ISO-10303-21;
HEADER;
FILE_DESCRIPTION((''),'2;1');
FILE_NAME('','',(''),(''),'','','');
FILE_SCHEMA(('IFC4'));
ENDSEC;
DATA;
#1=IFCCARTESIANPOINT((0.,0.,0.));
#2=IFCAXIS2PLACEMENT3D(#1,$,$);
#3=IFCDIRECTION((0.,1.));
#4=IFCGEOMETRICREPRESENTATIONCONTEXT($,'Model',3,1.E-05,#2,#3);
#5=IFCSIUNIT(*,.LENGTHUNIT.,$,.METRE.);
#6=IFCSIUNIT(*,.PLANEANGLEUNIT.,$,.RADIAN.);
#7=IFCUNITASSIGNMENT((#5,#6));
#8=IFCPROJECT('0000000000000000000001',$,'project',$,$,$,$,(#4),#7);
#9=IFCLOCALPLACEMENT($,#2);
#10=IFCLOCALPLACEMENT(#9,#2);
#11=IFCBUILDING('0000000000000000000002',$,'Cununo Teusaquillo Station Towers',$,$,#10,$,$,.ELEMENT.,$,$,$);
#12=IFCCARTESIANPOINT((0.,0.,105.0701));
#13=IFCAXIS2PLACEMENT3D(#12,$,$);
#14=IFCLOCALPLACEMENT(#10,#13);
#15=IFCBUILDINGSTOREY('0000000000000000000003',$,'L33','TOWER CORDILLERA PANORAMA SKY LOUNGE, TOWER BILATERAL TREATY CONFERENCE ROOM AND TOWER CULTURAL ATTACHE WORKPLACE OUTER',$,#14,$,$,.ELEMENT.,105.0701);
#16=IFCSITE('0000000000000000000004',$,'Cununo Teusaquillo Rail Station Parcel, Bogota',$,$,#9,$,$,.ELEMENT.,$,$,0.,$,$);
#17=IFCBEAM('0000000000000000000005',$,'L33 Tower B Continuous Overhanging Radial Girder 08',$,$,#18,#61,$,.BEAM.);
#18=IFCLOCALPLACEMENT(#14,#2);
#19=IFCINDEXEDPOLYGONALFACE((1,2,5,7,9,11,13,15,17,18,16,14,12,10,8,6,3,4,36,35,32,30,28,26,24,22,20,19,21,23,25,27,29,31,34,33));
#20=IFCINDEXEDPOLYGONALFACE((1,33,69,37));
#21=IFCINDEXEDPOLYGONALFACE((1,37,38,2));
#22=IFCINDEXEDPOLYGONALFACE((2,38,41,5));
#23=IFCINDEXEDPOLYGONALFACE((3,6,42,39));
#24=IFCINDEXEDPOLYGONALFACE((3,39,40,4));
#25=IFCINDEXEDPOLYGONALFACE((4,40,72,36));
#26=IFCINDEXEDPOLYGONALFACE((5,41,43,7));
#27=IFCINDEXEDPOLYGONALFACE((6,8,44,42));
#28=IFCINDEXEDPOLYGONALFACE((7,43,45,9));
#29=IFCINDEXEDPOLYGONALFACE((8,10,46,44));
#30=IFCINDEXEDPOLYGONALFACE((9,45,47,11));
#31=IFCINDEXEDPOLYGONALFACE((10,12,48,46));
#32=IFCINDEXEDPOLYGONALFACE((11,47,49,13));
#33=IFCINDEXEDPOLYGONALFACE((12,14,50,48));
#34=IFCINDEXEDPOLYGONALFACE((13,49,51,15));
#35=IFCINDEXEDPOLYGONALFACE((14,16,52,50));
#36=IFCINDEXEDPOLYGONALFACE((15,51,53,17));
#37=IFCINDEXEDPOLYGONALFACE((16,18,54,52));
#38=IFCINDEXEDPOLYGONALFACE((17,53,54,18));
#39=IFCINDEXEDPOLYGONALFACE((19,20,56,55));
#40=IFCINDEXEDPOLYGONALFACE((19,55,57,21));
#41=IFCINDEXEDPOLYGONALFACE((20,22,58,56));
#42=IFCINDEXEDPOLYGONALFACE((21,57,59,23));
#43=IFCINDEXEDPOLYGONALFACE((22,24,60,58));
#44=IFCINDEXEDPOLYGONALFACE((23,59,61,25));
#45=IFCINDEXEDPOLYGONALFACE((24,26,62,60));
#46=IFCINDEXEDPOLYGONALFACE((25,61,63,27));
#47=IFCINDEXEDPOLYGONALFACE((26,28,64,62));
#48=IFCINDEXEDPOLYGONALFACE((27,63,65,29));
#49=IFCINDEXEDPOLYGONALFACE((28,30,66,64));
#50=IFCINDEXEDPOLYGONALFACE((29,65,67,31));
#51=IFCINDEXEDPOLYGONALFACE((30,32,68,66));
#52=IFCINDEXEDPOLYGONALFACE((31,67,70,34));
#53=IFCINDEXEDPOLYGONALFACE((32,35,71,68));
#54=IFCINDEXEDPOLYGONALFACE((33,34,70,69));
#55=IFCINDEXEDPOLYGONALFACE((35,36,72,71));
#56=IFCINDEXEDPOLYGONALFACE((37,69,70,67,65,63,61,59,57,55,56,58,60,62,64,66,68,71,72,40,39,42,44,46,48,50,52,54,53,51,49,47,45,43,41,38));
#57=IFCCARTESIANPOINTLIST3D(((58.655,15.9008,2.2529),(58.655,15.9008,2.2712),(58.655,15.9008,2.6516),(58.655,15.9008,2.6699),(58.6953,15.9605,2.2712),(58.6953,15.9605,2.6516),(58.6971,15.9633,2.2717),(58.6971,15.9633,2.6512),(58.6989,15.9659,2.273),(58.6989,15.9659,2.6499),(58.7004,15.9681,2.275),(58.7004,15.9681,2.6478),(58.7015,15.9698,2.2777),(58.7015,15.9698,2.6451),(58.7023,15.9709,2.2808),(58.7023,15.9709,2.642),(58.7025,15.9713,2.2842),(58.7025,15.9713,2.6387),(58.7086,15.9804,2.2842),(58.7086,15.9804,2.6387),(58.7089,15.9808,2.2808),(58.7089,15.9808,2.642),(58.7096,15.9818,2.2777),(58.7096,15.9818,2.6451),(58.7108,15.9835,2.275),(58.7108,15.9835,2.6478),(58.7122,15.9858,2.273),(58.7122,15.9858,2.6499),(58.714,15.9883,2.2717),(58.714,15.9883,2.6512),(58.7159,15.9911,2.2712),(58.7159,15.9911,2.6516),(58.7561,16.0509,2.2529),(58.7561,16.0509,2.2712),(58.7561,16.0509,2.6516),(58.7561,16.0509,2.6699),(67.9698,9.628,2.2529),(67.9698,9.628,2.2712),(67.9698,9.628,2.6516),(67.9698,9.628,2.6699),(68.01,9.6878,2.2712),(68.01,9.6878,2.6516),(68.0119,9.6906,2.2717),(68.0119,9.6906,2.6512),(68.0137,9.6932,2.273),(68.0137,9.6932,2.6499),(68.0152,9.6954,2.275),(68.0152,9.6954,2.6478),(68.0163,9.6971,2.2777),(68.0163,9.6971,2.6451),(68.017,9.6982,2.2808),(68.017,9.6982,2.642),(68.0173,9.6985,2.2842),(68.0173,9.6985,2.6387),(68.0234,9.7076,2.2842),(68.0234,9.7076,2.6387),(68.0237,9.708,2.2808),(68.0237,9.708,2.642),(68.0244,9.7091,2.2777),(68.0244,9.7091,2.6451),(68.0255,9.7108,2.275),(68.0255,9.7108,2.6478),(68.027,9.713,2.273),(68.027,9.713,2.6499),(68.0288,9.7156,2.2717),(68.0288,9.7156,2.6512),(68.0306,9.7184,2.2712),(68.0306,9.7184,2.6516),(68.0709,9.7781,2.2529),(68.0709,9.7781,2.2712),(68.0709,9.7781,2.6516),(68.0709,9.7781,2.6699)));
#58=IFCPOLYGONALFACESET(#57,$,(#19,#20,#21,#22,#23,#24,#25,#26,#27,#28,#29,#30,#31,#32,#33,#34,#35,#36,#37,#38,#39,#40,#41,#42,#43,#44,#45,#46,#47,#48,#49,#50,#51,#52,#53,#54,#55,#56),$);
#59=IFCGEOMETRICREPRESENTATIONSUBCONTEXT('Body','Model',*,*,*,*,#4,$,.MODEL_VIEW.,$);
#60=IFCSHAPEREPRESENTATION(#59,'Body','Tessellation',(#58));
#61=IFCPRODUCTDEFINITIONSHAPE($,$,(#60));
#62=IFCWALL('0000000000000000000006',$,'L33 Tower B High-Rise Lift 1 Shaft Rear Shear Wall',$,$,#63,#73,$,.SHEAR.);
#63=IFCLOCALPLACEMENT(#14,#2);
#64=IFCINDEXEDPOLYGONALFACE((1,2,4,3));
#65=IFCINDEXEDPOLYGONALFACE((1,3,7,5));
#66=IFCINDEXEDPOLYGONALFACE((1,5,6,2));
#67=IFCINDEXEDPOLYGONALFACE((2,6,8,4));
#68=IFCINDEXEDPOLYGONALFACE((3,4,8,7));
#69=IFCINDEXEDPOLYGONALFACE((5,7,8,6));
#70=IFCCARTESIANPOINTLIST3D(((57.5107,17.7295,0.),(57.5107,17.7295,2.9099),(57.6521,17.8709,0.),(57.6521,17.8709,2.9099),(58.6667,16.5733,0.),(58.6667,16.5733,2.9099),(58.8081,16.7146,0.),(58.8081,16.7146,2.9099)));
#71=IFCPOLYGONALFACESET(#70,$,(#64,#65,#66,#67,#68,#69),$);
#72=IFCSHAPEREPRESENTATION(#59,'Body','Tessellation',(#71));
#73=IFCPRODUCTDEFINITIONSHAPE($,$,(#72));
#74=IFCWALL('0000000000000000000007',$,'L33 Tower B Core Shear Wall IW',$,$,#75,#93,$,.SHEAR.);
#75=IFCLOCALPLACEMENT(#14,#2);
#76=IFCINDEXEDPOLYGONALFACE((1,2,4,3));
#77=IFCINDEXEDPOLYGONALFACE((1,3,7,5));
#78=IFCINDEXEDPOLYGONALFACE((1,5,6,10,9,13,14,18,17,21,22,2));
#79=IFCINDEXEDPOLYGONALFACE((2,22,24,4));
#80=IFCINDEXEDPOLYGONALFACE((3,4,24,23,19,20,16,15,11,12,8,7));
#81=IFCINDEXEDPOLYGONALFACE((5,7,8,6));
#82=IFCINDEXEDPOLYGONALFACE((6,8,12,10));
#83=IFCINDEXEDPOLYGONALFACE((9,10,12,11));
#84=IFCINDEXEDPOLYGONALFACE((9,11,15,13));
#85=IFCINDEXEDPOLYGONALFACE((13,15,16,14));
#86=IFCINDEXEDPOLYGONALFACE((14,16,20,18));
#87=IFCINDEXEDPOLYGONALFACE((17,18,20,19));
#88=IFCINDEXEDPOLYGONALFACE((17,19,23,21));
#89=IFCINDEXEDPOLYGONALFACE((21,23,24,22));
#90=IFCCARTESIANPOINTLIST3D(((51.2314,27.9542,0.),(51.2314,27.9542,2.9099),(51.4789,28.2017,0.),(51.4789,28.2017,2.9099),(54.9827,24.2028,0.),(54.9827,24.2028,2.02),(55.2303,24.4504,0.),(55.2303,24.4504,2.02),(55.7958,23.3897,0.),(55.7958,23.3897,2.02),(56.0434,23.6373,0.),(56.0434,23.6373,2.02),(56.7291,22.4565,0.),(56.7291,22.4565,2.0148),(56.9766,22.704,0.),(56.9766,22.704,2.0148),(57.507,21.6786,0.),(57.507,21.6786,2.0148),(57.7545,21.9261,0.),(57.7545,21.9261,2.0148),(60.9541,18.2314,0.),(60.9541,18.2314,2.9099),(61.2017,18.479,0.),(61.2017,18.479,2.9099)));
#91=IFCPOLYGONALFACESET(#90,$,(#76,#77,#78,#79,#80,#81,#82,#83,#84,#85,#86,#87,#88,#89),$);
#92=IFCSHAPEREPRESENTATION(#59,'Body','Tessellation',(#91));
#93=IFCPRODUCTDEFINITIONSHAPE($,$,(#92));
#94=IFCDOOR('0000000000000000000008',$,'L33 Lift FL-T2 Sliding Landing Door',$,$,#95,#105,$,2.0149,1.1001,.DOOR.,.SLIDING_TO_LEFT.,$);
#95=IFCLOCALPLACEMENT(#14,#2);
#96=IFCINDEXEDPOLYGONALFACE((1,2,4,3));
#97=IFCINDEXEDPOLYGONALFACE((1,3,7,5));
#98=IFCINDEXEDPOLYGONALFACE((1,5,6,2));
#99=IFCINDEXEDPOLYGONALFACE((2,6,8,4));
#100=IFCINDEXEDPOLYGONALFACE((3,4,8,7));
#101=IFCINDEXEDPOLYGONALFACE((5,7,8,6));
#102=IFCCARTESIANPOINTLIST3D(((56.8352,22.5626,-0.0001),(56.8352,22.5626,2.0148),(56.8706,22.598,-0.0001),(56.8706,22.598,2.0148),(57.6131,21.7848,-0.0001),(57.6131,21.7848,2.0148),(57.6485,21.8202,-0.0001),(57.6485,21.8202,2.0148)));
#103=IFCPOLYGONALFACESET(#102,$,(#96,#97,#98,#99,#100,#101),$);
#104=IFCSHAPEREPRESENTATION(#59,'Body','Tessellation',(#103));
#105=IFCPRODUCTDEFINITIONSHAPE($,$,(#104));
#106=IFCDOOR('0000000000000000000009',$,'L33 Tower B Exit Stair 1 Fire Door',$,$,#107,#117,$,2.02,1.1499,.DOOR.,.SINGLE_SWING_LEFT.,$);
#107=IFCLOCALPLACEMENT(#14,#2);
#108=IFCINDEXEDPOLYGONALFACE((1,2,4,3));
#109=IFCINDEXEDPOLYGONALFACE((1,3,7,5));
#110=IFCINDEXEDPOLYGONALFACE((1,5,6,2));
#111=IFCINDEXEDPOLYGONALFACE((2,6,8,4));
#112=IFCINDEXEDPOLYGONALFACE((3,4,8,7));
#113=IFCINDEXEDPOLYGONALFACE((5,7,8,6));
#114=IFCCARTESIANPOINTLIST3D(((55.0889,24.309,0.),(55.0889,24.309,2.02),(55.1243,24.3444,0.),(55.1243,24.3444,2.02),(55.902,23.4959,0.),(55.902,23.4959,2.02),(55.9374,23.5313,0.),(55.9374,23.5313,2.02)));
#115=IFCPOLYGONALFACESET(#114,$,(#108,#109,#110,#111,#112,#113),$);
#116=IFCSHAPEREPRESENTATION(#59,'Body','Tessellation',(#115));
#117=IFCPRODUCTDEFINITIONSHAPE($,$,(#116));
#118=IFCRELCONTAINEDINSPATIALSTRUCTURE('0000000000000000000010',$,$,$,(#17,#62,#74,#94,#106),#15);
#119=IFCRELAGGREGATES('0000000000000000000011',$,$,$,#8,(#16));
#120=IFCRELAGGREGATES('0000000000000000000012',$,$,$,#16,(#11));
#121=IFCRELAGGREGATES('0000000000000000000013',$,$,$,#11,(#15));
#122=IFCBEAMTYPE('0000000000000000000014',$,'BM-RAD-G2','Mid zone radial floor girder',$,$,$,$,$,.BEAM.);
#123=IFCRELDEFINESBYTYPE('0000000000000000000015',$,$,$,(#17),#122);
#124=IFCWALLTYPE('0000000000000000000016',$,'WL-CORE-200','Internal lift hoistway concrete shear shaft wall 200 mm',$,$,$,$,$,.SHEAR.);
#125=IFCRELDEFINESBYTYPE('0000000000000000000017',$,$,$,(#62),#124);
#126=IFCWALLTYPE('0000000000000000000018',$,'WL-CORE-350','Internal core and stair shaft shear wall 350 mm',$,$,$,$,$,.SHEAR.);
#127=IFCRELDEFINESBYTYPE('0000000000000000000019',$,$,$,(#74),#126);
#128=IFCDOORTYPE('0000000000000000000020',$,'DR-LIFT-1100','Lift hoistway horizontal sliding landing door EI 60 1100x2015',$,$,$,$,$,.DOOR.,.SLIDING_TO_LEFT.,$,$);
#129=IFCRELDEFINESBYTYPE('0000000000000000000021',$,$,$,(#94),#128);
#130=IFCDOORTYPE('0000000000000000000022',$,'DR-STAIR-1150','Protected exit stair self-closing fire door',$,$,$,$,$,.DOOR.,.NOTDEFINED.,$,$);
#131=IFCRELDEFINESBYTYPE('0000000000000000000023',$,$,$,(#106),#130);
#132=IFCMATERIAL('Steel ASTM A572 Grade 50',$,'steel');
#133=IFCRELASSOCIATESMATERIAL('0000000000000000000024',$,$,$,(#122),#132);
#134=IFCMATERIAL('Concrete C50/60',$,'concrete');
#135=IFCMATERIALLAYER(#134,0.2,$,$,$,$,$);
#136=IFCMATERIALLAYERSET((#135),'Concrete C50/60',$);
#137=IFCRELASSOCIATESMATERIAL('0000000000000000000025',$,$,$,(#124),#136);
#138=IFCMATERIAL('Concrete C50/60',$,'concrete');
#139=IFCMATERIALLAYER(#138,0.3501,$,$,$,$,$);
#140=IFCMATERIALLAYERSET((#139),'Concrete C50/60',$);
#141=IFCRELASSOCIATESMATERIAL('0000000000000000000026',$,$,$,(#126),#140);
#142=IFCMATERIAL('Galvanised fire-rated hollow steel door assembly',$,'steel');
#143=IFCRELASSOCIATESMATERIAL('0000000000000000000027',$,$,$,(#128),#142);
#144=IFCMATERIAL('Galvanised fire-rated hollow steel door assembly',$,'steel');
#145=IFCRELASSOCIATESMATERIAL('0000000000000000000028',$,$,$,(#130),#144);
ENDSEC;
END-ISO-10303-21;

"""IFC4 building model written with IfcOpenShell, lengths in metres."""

from ifc_helpers import new_model, si_unit, direction, frame, frame_2d, origin, origin_2d, place, context, subcontext, project, spatial, rectangle, i_section, extrude, source, transform, mapped, material, layer, layer_set, material_profile, profile_set, type_object, element, fill, save


model = new_model("IFC4")

# Units and contexts
model_context = context("Model", 3, precision=1e-05, world=origin(), true_north=direction((0.0, 1.0)))
body_context = subcontext(model_context, "Body", "Model", "MODEL_VIEW")
ifc_project = project(units=[si_unit("LENGTHUNIT", "METRE"), si_unit("PLANEANGLEUNIT", "RADIAN")], contexts=[model_context])

# Site, building, storey
site_placement = place(None, origin())
site = spatial("IfcSite", under=ifc_project, at=site_placement, Name="Cununo Teusaquillo Rail Station Parcel, Bogota", CompositionType="ELEMENT", RefElevation=0.0)
building_placement = place(site_placement, origin())
building = spatial("IfcBuilding", under=site, at=building_placement, Name="Cununo Teusaquillo Station Towers", CompositionType="ELEMENT")
storey_placement = place(building_placement, frame((0.0, 0.0, 105.0701)))
storey = spatial("IfcBuildingStorey", under=building, at=storey_placement, Name="L33", Description="TOWER CORDILLERA PANORAMA SKY LOUNGE, TOWER BILATERAL TREATY CONFERENCE ROOM AND TOWER CULTURAL ATTACHE WORKPLACE OUTER", CompositionType="ELEMENT", Elevation=105.0701)

# Beam
ifc_material_1 = material(Name="Steel ASTM A572 Grade 50", Category="steel")
ifc_material_profile_1 = material_profile(ifc_material_1, i_section(OverallWidth=0.1809, OverallDepth=0.417, WebThickness=0.011, FlangeThickness=0.0183, FilletRadius=0.0129, at=origin_2d()), Name="W16X57")
ifc_profile_set_1 = profile_set([ifc_material_profile_1], Name="Steel ASTM A572 Grade 50")
beam_type_1 = type_object("IfcBeamType", Name="BM-RAD-G2", Description="Mid zone radial floor girder", PredefinedType="BEAM", material=ifc_profile_set_1)
beam_1_placement = place(storey_placement, frame((58.7056, 15.9758, 2.4614), z_axis=(0.829456, -0.558572, 0.0), x_axis=(0.558572, 0.829456, 0.0)))
element("IfcBeam", 1, at=beam_1_placement, inside=storey, type_object=beam_type_1, Name="L33 Tower B Continuous Overhanging Radial Girder 08", PredefinedType="BEAM", context=body_context, shape_type="SweptSolid", body=[
    extrude(i_section(OverallWidth=0.1809, OverallDepth=0.417, WebThickness=0.011, FlangeThickness=0.0183, FilletRadius=0.0129, at=origin_2d()), origin(), (0.0, 0.0, 1.0), 11.23),
])

# Wall
ifc_material_2 = material(Name="Concrete C50/60", Category="concrete")
ifc_layer_1 = layer(ifc_material_2, 0.2)
ifc_layer_set_1 = layer_set([ifc_layer_1], Name="Concrete C50/60")
wall_type_1 = type_object("IfcWallType", Name="WL-CORE-200", Description="Internal lift hoistway concrete shear shaft wall 200 mm", PredefinedType="SHEAR", material=ifc_layer_set_1)
wall_1_placement = place(storey_placement, frame((58.7373, 16.644, 0.0), z_axis=(0.0, 0.0, 1.0), x_axis=(-0.707032, 0.707181, 0.0)))
element("IfcWall", 2, at=wall_1_placement, inside=storey, type_object=wall_type_1, Name="L33 Tower B High-Rise Lift 1 Shaft Rear Shear Wall", PredefinedType="SHEAR", context=body_context, shape_type="SweptSolid", body=[
    extrude(rectangle(XDim=1.635, YDim=0.2, at=frame_2d((0.8174, 0.0))), origin(), (0.0, 0.0, 1.0), 2.9099),
])

# Wall, openings, doors
ifc_material_3 = material(Name="Concrete C50/60", Category="concrete")
ifc_layer_2 = layer(ifc_material_3, 0.3501)
ifc_layer_set_2 = layer_set([ifc_layer_2], Name="Concrete C50/60")
wall_type_2 = type_object("IfcWallType", Name="WL-CORE-350", Description="Internal core and stair shaft shear wall 350 mm", PredefinedType="SHEAR", material=ifc_layer_set_2)
wall_2_placement = place(storey_placement, frame((61.0779, 18.3552, 0.0), z_axis=(0.0, 0.0, 1.0), x_axis=(-0.707107, 0.707107, 0.0)))
wall_2 = element("IfcWall", 3, at=wall_2_placement, inside=storey, type_object=wall_type_2, Name="L33 Tower B Core Shear Wall IW", PredefinedType="SHEAR", context=body_context, shape_type="SweptSolid", body=[
    extrude(rectangle(XDim=13.75, YDim=0.3501, at=frame_2d((6.875, 0.0))), origin(), (0.0, 0.0, 1.0), 2.9099),
])
shared_shape_1 = source(origin(), body_context, "Body", "SweptSolid", [
    extrude(rectangle(XDim=1.1001, YDim=2.0149, at=frame_2d((0.55, 1.0073))), frame((0.0, 0.1851, 0.0), z_axis=(0.0, -1.0, 0.0), x_axis=(1.0, 0.0, 0.0)), (0.0, 0.0, 1.0), 0.3701),
])
opening_1_placement = place(wall_2_placement, frame((4.875, 0.0, 0.0)))
opening_1 = element("IfcOpeningElement", 4, at=opening_1_placement, cuts=wall_2, PredefinedType="OPENING", context=body_context, shape_type="MappedRepresentation", body=[
    mapped(shared_shape_1, transform((0.0, 0.0, 0.0), x_axis=(1.0, 0.0, 0.0), y_axis=(0.0, 1.0, 0.0), z_axis=(0.0, 0.0, 1.0), scale=1.0)),
])
shared_shape_2 = source(origin(), body_context, "Body", "SweptSolid", [
    extrude(rectangle(XDim=1.1499, YDim=2.02, at=frame_2d((0.575, 1.01))), frame((0.0, 0.1851, 0.0), z_axis=(0.0, -1.0, 0.0), x_axis=(1.0, 0.0, 0.0)), (0.0, 0.0, 1.0), 0.3701),
])
opening_2_placement = place(wall_2_placement, frame((7.2949, 0.0, 0.0)))
opening_2 = element("IfcOpeningElement", 5, at=opening_2_placement, cuts=wall_2, PredefinedType="OPENING", context=body_context, shape_type="MappedRepresentation", body=[
    mapped(shared_shape_2, transform((0.0, 0.0, 0.0), x_axis=(1.0, 0.0, 0.0), y_axis=(0.0, 1.0, 0.0), z_axis=(0.0, 0.0, 1.0), scale=1.0)),
])
ifc_material_4 = material(Name="Galvanised fire-rated hollow steel door assembly", Category="steel")
door_type_1 = type_object("IfcDoorType", Name="DR-LIFT-1100", Description="Lift hoistway horizontal sliding landing door EI 60 1100x2015", OperationType="SLIDING_TO_LEFT", PredefinedType="DOOR", material=ifc_material_4)
shared_shape_3 = source(origin(), body_context, "Body", "SweptSolid", [
    extrude(rectangle(XDim=1.1001, YDim=2.0149, at=frame_2d((0.55, 1.0073))), frame((0.0, 0.0249, 0.0), z_axis=(0.0, -1.0, 0.0), x_axis=(1.0, 0.0, 0.0)), (0.0, 0.0, 1.0), 0.05),
])
door_1_placement = place(opening_1_placement, origin())
door_1 = element("IfcDoor", 6, at=door_1_placement, inside=storey, type_object=door_type_1, Name="L33 Lift FL-T2 Sliding Landing Door", OperationType="SLIDING_TO_LEFT", OverallHeight=2.0149, OverallWidth=1.1001, PredefinedType="DOOR", context=body_context, shape_type="MappedRepresentation", body=[
    mapped(shared_shape_3, transform((0.0, 0.0, 0.0), x_axis=(1.0, 0.0, 0.0), y_axis=(0.0, 1.0, 0.0), z_axis=(0.0, 0.0, 1.0), scale=1.0)),
])
fill(opening_1, door_1)
ifc_material_5 = material(Name="Galvanised fire-rated hollow steel door assembly", Category="steel")
door_type_2 = type_object("IfcDoorType", Name="DR-STAIR-1150", Description="Protected exit stair self-closing fire door", OperationType="NOTDEFINED", PredefinedType="DOOR", material=ifc_material_5)
shared_shape_4 = source(origin(), body_context, "Body", "SweptSolid", [
    extrude(rectangle(XDim=1.1499, YDim=2.02, at=frame_2d((0.575, 1.01))), frame((0.0, 0.0249, 0.0), z_axis=(0.0, -1.0, 0.0), x_axis=(1.0, 0.0, 0.0)), (0.0, 0.0, 1.0), 0.05),
])
door_2_placement = place(opening_2_placement, origin())
door_2 = element("IfcDoor", 7, at=door_2_placement, inside=storey, type_object=door_type_2, Name="L33 Tower B Exit Stair 1 Fire Door", OperationType="SINGLE_SWING_LEFT", OverallHeight=2.02, OverallWidth=1.1499, PredefinedType="DOOR", context=body_context, shape_type="MappedRepresentation", body=[
    mapped(shared_shape_4, transform((0.0, 0.0, 0.0), x_axis=(1.0, 0.0, 0.0), y_axis=(0.0, 1.0, 0.0), z_axis=(0.0, 0.0, 1.0), scale=1.0)),
])
fill(opening_2, door_2)

save(model, "model.ifc")
